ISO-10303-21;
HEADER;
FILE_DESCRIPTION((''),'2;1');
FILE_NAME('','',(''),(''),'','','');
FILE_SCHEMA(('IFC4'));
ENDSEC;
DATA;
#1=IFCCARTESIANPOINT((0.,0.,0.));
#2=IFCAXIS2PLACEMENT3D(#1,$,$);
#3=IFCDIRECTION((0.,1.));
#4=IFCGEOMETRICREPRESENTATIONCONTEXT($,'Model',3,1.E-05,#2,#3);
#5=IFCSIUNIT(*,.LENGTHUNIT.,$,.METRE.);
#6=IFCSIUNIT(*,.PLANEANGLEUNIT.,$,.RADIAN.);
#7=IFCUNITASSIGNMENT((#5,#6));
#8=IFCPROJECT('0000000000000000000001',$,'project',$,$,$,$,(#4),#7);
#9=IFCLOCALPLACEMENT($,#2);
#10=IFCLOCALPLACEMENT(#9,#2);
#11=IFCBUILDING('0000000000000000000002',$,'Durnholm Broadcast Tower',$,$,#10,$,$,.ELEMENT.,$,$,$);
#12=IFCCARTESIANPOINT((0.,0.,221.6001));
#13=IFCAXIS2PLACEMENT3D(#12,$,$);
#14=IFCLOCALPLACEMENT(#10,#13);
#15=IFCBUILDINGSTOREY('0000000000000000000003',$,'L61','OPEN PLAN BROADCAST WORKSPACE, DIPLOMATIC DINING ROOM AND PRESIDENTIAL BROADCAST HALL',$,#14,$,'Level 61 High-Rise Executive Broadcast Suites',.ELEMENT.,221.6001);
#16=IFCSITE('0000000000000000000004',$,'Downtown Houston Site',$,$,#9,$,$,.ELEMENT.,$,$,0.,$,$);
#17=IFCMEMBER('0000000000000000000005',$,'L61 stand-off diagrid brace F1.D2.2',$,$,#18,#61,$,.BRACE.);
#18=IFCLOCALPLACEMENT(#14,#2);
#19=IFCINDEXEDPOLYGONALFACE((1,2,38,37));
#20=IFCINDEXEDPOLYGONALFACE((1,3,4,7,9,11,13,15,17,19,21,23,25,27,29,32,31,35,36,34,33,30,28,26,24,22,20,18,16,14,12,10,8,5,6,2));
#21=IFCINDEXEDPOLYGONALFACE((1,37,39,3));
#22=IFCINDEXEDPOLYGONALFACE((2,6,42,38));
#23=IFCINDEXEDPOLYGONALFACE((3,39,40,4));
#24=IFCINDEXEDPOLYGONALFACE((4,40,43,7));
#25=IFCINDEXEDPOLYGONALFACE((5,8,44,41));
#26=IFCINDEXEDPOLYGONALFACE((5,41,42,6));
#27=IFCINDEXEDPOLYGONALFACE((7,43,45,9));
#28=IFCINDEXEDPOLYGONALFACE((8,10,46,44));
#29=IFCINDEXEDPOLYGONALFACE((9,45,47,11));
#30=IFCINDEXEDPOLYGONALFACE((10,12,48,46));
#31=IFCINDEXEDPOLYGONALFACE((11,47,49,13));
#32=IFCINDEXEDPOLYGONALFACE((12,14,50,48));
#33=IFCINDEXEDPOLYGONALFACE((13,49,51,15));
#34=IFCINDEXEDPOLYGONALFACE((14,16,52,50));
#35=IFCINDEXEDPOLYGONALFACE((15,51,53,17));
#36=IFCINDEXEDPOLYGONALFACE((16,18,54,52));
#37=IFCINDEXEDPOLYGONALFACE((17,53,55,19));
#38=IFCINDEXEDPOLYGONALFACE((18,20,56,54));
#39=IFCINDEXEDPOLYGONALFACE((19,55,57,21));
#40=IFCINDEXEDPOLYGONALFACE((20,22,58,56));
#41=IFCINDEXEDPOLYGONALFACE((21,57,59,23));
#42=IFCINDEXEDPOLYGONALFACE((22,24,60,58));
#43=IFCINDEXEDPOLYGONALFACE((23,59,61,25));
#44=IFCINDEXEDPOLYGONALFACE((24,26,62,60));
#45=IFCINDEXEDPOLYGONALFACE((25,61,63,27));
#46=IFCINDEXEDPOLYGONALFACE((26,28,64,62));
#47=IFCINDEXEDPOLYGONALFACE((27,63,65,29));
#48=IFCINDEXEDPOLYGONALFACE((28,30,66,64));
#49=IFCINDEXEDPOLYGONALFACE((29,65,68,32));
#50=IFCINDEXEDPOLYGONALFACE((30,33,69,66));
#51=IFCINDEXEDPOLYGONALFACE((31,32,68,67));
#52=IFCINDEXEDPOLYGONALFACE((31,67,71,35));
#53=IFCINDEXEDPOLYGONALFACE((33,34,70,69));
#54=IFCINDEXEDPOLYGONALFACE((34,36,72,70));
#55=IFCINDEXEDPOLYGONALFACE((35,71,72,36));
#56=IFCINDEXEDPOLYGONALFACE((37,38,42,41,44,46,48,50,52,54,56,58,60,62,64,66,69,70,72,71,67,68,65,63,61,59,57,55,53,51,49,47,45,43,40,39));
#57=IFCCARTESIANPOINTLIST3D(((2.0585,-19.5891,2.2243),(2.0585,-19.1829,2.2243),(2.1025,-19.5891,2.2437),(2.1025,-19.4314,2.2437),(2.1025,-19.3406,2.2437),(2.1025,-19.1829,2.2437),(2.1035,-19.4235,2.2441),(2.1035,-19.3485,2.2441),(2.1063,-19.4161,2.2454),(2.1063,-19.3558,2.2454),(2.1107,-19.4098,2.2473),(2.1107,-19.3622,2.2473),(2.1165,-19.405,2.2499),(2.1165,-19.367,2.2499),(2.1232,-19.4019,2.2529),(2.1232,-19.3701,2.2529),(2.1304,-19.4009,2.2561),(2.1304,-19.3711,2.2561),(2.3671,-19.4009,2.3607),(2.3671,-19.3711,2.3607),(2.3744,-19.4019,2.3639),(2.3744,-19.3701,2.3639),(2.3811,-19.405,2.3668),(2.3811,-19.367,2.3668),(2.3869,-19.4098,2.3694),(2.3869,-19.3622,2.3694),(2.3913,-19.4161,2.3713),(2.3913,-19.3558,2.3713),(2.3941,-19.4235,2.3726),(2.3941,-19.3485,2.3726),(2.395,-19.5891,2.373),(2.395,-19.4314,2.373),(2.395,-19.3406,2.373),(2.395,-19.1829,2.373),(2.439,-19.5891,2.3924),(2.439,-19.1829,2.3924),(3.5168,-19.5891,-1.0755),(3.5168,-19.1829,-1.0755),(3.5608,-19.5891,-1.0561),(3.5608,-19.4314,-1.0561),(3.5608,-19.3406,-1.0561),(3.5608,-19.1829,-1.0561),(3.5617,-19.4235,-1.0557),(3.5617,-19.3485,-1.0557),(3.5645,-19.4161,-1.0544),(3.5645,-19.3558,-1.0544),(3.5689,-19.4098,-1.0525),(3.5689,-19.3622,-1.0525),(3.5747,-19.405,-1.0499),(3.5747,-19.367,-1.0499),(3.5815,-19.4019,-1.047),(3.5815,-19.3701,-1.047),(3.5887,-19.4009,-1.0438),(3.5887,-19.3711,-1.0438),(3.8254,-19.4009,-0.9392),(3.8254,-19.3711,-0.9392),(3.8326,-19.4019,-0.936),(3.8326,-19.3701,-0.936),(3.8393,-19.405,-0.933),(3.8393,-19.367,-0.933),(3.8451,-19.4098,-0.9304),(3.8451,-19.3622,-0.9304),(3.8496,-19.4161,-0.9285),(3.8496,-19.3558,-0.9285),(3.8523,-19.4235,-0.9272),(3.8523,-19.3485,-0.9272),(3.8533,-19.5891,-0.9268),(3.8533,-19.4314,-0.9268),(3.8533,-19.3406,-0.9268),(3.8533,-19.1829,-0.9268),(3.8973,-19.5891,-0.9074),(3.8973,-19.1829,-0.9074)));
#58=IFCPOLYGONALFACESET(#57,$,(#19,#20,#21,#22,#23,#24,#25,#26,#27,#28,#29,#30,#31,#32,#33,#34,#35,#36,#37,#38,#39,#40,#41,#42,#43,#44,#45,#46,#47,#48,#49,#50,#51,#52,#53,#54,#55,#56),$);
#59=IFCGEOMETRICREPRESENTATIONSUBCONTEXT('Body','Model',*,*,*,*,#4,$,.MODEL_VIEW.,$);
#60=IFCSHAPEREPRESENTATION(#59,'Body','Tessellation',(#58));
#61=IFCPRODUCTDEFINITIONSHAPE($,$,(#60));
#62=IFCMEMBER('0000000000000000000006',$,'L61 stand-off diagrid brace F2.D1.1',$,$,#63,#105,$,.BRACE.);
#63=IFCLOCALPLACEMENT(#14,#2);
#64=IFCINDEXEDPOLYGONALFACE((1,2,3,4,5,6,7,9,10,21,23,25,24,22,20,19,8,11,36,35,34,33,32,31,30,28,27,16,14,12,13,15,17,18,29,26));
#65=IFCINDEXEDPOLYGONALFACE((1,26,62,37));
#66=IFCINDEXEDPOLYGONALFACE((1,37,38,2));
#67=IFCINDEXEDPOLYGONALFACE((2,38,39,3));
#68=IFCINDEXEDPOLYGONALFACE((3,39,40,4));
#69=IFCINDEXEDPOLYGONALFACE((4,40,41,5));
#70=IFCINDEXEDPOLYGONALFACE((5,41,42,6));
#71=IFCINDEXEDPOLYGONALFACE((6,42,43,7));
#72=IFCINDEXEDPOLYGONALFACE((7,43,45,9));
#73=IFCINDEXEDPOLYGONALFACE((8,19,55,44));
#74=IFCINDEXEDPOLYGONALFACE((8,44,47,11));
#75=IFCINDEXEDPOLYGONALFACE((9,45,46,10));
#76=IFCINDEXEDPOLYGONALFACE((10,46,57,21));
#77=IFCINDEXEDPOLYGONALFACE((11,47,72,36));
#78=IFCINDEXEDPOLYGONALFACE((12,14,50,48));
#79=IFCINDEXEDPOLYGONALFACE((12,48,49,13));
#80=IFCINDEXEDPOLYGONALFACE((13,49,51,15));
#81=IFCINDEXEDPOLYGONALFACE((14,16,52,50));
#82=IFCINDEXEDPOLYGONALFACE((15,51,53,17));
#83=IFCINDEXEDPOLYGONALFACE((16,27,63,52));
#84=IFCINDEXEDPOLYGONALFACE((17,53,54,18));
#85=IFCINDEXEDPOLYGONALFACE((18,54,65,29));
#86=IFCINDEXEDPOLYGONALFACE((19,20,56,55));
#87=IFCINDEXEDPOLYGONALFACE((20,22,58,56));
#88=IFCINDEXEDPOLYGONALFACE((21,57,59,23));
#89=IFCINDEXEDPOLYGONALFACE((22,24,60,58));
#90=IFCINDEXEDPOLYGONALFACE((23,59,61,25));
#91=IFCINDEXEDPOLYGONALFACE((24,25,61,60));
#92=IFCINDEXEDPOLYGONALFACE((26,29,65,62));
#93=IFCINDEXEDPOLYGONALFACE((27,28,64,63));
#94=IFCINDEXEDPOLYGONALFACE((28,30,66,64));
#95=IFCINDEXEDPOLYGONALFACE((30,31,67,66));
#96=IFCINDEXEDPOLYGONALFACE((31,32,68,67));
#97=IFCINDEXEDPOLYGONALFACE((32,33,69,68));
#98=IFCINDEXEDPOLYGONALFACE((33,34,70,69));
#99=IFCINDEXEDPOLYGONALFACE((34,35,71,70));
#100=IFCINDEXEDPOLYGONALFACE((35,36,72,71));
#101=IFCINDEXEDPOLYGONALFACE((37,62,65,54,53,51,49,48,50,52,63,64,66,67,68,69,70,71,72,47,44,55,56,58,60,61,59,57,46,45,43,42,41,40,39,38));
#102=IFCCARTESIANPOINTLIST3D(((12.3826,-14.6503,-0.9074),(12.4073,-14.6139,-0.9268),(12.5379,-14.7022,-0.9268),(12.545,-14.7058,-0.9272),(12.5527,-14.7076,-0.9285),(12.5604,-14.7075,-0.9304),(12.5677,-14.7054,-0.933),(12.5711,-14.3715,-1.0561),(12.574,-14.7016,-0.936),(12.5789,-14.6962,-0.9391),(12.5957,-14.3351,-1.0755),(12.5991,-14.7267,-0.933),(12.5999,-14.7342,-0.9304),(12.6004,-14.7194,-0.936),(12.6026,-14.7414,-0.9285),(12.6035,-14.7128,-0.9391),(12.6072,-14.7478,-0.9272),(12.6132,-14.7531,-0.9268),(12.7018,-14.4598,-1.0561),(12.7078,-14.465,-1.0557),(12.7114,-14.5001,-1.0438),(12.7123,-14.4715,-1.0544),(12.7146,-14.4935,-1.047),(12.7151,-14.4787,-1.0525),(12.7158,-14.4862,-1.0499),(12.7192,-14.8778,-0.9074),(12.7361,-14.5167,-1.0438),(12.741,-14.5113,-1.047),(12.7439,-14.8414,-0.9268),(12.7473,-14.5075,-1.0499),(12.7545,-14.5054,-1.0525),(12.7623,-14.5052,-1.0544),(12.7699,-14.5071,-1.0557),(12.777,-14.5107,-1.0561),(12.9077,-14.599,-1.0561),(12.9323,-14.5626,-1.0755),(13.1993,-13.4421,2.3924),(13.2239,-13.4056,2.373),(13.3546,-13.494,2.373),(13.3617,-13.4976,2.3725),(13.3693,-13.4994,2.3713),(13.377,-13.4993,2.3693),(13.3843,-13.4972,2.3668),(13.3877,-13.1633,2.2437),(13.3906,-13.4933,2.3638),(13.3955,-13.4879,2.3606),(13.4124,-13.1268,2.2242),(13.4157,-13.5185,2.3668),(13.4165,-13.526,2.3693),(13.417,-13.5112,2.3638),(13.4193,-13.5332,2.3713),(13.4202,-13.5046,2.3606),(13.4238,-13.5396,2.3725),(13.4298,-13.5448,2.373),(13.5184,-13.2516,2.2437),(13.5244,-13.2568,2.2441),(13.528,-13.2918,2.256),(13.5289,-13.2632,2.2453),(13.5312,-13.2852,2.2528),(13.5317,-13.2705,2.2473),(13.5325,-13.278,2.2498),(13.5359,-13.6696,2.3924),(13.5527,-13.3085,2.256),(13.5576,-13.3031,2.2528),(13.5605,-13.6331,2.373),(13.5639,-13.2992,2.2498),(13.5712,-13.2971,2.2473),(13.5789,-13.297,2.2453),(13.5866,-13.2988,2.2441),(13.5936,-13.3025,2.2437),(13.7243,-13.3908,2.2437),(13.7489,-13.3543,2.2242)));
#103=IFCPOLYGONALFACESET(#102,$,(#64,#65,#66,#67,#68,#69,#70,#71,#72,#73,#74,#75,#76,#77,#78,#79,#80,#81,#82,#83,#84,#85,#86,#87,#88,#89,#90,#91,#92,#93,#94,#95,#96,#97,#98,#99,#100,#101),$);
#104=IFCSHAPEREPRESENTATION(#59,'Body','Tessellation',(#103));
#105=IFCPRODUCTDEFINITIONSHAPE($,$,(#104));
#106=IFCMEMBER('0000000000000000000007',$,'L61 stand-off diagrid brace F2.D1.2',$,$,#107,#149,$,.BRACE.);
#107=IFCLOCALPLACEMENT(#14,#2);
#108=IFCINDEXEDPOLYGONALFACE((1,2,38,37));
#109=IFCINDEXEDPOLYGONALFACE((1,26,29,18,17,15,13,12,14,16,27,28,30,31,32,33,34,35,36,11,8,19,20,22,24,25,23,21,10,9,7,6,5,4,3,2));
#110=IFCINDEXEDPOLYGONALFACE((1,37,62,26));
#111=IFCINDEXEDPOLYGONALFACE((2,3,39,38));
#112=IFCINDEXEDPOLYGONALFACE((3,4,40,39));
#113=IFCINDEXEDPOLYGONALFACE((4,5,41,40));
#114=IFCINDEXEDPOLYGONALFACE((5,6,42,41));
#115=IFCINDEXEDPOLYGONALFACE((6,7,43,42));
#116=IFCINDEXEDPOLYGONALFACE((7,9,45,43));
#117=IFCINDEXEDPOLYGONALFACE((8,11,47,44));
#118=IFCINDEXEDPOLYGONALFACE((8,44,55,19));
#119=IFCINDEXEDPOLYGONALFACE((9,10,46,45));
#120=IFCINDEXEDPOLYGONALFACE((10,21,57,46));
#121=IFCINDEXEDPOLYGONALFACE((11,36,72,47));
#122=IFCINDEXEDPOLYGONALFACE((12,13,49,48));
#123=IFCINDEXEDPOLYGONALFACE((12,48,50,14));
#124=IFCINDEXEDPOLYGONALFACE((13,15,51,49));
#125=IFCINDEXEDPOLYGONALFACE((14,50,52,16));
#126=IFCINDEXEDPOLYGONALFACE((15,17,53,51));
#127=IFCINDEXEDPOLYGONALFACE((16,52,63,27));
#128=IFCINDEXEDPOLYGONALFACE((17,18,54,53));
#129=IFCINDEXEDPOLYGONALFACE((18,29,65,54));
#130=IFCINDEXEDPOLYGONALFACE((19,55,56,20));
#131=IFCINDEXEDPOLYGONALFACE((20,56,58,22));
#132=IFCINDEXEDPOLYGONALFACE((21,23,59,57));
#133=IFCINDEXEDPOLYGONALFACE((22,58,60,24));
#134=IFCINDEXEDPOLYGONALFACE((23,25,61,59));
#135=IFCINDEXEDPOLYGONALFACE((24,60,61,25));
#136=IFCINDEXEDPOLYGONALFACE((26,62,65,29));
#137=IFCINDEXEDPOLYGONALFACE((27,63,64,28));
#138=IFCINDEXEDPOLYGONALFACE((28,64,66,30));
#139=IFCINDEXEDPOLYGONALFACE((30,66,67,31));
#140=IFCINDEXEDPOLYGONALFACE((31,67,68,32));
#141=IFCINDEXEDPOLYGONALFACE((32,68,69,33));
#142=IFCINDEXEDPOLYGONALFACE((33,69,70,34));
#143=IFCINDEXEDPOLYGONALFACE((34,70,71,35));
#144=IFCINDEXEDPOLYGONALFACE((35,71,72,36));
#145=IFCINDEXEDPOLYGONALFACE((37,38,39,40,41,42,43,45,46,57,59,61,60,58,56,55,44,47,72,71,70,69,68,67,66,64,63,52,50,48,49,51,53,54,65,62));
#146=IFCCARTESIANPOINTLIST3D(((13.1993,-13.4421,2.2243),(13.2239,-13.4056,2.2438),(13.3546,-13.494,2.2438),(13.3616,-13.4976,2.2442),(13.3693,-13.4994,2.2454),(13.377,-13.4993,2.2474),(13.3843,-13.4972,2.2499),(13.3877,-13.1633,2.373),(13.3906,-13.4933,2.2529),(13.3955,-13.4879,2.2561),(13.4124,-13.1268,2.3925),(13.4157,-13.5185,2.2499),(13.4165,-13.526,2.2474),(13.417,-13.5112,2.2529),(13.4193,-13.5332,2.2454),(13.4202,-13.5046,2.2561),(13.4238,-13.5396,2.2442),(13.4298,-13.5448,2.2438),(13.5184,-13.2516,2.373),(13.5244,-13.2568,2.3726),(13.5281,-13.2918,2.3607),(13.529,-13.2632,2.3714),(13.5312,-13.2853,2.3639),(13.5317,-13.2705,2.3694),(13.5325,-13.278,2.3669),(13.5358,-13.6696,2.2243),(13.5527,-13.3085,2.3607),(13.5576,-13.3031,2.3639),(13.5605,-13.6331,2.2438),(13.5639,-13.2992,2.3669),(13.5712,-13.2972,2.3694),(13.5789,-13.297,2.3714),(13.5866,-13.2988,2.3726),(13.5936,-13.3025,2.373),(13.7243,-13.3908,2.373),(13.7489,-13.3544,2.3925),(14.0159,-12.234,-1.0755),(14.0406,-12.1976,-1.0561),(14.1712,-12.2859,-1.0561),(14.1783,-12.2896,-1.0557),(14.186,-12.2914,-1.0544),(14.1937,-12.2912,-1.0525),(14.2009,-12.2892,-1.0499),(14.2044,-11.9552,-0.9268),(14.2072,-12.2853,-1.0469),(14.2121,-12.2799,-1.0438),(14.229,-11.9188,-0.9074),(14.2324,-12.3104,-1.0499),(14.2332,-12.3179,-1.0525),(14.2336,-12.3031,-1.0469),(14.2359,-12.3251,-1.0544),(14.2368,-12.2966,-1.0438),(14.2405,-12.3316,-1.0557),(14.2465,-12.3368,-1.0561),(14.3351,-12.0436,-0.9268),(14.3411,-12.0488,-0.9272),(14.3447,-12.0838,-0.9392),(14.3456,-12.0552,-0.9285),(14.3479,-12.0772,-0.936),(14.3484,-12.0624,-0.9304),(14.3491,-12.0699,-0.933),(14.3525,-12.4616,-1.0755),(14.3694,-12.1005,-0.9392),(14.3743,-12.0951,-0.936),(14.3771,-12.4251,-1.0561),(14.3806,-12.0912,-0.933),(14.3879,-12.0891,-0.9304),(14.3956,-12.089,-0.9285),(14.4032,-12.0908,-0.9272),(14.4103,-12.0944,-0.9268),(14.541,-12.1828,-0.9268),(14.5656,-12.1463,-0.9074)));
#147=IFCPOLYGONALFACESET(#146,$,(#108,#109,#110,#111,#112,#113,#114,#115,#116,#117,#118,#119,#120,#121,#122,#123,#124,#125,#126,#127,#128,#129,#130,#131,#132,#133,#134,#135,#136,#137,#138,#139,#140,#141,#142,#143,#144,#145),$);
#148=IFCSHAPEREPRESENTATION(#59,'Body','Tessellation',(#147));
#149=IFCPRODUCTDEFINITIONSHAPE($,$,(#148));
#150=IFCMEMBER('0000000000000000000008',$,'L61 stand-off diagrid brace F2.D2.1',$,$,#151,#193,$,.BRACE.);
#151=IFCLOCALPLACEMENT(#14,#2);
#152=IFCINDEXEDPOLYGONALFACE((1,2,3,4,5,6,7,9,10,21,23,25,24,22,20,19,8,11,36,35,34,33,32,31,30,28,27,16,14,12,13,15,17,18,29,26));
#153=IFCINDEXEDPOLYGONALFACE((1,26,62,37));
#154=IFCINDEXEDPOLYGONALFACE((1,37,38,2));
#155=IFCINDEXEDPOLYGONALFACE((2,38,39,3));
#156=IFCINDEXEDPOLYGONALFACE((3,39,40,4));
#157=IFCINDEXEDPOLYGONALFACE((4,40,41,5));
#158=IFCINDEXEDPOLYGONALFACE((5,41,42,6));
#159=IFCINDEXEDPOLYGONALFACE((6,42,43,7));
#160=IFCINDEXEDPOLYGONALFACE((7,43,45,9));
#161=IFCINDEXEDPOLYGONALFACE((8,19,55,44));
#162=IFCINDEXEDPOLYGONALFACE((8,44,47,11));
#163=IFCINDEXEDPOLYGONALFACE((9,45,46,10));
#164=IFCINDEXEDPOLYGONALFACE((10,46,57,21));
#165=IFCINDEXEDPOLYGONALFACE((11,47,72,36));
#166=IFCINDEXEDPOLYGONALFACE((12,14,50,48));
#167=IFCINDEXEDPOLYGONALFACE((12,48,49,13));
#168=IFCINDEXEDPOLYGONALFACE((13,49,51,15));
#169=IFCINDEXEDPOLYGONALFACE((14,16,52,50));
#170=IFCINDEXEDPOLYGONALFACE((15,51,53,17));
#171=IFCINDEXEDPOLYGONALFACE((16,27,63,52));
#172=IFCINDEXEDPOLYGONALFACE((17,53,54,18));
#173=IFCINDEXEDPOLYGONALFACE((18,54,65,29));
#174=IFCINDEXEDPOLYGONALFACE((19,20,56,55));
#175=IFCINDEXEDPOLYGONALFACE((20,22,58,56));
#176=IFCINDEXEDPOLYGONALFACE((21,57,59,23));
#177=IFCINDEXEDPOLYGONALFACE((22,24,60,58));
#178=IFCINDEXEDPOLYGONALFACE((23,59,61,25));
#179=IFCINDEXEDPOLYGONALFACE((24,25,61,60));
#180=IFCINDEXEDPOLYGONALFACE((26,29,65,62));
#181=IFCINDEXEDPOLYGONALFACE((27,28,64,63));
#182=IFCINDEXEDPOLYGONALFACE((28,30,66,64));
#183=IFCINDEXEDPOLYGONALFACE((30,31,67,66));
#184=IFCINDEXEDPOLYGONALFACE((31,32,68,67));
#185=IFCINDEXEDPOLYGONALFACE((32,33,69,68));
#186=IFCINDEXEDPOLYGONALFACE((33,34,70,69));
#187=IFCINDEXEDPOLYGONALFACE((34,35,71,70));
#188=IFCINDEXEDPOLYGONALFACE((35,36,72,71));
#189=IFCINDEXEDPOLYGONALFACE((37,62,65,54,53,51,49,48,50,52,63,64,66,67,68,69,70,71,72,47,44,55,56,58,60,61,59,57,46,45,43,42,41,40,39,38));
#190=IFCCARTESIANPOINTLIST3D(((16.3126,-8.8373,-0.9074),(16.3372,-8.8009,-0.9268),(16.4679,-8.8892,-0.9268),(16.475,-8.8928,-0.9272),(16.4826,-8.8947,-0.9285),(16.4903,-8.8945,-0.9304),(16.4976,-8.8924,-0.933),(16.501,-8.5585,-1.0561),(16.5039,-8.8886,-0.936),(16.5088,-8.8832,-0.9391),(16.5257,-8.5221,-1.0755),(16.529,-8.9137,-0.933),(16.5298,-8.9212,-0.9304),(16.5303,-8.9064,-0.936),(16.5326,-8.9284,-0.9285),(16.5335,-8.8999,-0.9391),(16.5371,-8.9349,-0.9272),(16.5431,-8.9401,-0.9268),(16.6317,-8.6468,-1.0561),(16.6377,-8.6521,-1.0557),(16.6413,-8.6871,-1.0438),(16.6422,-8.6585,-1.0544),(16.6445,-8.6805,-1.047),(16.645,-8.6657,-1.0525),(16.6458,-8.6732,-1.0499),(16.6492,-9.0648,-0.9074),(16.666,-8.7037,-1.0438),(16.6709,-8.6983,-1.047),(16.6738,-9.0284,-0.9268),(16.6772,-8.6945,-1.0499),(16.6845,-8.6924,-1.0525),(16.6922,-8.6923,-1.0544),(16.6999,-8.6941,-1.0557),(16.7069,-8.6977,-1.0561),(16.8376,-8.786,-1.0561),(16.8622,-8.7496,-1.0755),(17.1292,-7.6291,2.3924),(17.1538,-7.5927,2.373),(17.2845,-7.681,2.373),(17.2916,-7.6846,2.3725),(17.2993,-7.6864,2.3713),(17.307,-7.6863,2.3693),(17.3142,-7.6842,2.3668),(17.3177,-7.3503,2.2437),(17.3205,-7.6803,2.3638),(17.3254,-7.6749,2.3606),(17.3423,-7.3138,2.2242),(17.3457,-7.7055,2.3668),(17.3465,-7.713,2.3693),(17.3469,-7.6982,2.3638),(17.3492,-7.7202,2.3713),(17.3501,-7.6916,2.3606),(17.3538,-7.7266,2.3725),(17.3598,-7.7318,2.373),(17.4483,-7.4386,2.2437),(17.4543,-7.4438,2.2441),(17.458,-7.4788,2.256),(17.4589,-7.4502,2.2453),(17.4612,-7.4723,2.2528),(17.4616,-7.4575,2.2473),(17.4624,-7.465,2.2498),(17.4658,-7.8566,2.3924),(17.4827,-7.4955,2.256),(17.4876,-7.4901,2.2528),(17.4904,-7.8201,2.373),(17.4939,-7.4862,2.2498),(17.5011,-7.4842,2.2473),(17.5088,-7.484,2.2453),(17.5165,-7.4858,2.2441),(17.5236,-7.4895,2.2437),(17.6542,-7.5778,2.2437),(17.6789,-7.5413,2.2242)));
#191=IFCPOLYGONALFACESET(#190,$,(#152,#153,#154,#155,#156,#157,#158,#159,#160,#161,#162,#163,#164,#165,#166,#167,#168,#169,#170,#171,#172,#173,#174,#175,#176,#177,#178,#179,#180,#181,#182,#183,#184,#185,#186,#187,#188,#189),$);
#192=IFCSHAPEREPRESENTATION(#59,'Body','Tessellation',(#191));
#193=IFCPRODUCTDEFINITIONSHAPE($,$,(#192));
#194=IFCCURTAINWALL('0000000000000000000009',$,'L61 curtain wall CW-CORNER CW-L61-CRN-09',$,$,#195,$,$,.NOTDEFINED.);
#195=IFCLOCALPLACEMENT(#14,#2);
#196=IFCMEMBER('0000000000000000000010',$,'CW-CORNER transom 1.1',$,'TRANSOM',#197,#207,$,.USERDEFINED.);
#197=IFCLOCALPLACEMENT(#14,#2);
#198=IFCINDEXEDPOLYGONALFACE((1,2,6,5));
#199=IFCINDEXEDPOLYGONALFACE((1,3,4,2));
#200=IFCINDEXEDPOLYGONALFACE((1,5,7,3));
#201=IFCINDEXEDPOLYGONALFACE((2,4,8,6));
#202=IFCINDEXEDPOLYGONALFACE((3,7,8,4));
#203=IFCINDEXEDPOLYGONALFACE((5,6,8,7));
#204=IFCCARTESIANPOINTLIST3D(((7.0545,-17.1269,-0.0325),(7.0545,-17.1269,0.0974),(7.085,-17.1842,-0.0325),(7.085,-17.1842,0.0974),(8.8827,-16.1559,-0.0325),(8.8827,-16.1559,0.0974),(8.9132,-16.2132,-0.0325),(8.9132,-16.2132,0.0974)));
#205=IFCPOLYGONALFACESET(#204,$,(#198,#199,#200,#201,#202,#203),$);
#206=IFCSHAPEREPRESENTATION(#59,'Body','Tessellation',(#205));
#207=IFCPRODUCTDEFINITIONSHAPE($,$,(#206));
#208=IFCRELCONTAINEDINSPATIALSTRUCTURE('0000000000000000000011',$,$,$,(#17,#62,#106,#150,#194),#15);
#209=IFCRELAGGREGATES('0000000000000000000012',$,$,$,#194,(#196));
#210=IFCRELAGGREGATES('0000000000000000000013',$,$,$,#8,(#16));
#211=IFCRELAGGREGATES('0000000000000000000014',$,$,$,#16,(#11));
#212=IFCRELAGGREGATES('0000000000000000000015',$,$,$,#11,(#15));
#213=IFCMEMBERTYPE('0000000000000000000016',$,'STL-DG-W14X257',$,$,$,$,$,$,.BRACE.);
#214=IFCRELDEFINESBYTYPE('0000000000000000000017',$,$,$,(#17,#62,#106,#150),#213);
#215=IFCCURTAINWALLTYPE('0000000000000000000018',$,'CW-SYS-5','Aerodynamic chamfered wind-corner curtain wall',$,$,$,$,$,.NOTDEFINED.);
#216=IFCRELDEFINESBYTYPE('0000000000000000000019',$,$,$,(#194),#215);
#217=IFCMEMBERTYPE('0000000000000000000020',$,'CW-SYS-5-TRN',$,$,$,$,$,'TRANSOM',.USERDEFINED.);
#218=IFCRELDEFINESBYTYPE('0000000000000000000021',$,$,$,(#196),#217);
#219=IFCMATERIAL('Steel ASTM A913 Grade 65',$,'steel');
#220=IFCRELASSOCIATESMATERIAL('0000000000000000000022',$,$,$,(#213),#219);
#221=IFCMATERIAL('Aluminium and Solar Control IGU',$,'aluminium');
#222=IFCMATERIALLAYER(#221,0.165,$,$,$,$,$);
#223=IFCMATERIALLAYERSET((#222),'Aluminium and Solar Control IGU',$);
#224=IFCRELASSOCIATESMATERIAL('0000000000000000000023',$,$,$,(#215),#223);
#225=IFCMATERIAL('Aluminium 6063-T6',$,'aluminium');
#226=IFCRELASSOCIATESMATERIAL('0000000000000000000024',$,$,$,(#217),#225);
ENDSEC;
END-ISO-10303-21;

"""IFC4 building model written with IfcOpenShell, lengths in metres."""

from ifc_helpers import new_model, si_unit, direction, frame, origin, origin_2d, place, context, subcontext, project, spatial, rectangle, i_section, extrude, source, transform, mapped, material, layer, layer_set, material_profile, profile_set, type_object, type_shapes, element, aggregate, save


model = new_model("IFC4")

# Units and contexts
model_context = context("Model", 3, precision=1e-05, world=origin(), true_north=direction((0.0, 1.0)))
body_context = subcontext(model_context, "Body", "Model", "MODEL_VIEW")
ifc_project = project(units=[si_unit("LENGTHUNIT", "METRE"), si_unit("PLANEANGLEUNIT", "RADIAN")], contexts=[model_context])

# Site, building, storey
site_placement = place(None, origin())
site = spatial("IfcSite", under=ifc_project, at=site_placement, Name="Downtown Houston Site", CompositionType="ELEMENT", RefElevation=0.0)
building_placement = place(site_placement, origin())
building = spatial("IfcBuilding", under=site, at=building_placement, Name="Durnholm Broadcast Tower", CompositionType="ELEMENT")
storey_placement = place(building_placement, frame((0.0, 0.0, 221.6001)))
storey = spatial("IfcBuildingStorey", under=building, at=storey_placement, Name="L61", Description="OPEN PLAN BROADCAST WORKSPACE, DIPLOMATIC DINING ROOM AND PRESIDENTIAL BROADCAST HALL", LongName="Level 61 High-Rise Executive Broadcast Suites", CompositionType="ELEMENT", Elevation=221.6001)

# Members
ifc_material_1 = material(Name="Steel ASTM A913 Grade 65", Category="steel")
ifc_material_profile_1 = material_profile(ifc_material_1, i_section(OverallWidth=0.4062, OverallDepth=0.416, WebThickness=0.0298, FlangeThickness=0.0481, FilletRadius=0.0305, at=origin_2d()), Name="W14X257")
ifc_profile_set_1 = profile_set([ifc_material_profile_1], Name="Steel ASTM A913 Grade 65")
member_type_1 = type_object("IfcMemberType", Name="STL-DG-W14X257", PredefinedType="BRACE", material=ifc_profile_set_1)
shared_shape_1 = source(origin(), body_context, "Body", "SweptSolid", [
    extrude(i_section(OverallWidth=0.4062, OverallDepth=0.416, WebThickness=0.0298, FlangeThickness=0.0481, FilletRadius=0.0305, at=origin_2d()), origin(), (0.0, 0.0, 1.0), 3.6077),
])
type_shapes(member_type_1, [shared_shape_1])
for number, where, z_axis, x_axis, name in (
    (1, (3.707, -19.386, -0.9915), (-0.40421, 0.0, 0.914666), (0.0, -1.0, 0.0), "L61 stand-off diagrid brace F1.D2.2"),
    (2, (12.6575, -14.6064, -0.9915), (0.226363, 0.334909, 0.914656), (-0.828505, 0.559982, 0.0), "L61 stand-off diagrid brace F2.D1.1"),
    (3, (14.2908, -12.1902, -0.9915), (-0.226368, -0.334849, 0.914677), (0.828452, -0.560059, 0.0), "L61 stand-off diagrid brace F2.D1.2"),
    (4, (16.5874, -8.7935, -0.9915), (0.226363, 0.334909, 0.914656), (-0.828505, 0.559982, 0.0), "L61 stand-off diagrid brace F2.D2.1"),
):
    element("IfcMember", number, at=place(storey_placement, frame(where, z_axis=z_axis, x_axis=x_axis)), inside=storey, type_object=member_type_1, Name=name, PredefinedType="BRACE", context=body_context, shape_type="MappedRepresentation", body=[
        mapped(shared_shape_1, transform((0.0, 0.0, 0.0), x_axis=(1.0, 0.0, 0.0), y_axis=(0.0, 1.0, 0.0), z_axis=(0.0, 0.0, 1.0), scale=1.0)),
    ])

# Curtain wall, member
ifc_material_2 = material(Name="Aluminium and Solar Control IGU", Category="aluminium")
ifc_layer_1 = layer(ifc_material_2, 0.165)
ifc_layer_set_1 = layer_set([ifc_layer_1], Name="Aluminium and Solar Control IGU")
curtain_wall_type_1 = type_object("IfcCurtainWallType", Name="CW-SYS-5", Description="Aerodynamic chamfered wind-corner curtain wall", PredefinedType="NOTDEFINED", material=ifc_layer_set_1)
curtain_wall_1_placement = place(storey_placement, origin())
curtain_wall_1 = element("IfcCurtainWall", 5, at=curtain_wall_1_placement, inside=storey, type_object=curtain_wall_type_1, Name="L61 curtain wall CW-CORNER CW-L61-CRN-09", PredefinedType="NOTDEFINED")
ifc_material_3 = material(Name="Aluminium 6063-T6", Category="aluminium")
ifc_material_profile_2 = material_profile(ifc_material_3, rectangle(XDim=0.0649, YDim=0.1299, at=origin_2d()), Name="CWT65X130")
ifc_profile_set_2 = profile_set([ifc_material_profile_2], Name="Aluminium 6063-T6")
member_type_2 = type_object("IfcMemberType", Name="CW-SYS-5-TRN", ElementType="TRANSOM", PredefinedType="USERDEFINED", material=ifc_profile_set_2)
shared_shape_2 = source(origin(), body_context, "Body", "SweptSolid", [
    extrude(rectangle(XDim=0.0649, YDim=0.1299, at=origin_2d()), origin(), (0.0, 0.0, 1.0), 2.0701),
])
type_shapes(member_type_2, [shared_shape_2])
member_1_placement = place(storey_placement, frame((8.8979, -16.1846, 0.0325), z_axis=(-0.883165, -0.469063, 0.0), x_axis=(0.469063, -0.883165, 0.0)))
member_1 = element("IfcMember", 6, at=member_1_placement, type_object=member_type_2, Name="CW-CORNER transom 1.1", ObjectType="TRANSOM", PredefinedType="USERDEFINED", context=body_context, shape_type="MappedRepresentation", body=[
    mapped(shared_shape_2, transform((0.0, 0.0, 0.0), x_axis=(1.0, 0.0, 0.0), y_axis=(0.0, 1.0, 0.0), z_axis=(0.0, 0.0, 1.0), scale=1.0)),
])

aggregate(curtain_wall_1, [member_1])

save(model, "model.ifc")
